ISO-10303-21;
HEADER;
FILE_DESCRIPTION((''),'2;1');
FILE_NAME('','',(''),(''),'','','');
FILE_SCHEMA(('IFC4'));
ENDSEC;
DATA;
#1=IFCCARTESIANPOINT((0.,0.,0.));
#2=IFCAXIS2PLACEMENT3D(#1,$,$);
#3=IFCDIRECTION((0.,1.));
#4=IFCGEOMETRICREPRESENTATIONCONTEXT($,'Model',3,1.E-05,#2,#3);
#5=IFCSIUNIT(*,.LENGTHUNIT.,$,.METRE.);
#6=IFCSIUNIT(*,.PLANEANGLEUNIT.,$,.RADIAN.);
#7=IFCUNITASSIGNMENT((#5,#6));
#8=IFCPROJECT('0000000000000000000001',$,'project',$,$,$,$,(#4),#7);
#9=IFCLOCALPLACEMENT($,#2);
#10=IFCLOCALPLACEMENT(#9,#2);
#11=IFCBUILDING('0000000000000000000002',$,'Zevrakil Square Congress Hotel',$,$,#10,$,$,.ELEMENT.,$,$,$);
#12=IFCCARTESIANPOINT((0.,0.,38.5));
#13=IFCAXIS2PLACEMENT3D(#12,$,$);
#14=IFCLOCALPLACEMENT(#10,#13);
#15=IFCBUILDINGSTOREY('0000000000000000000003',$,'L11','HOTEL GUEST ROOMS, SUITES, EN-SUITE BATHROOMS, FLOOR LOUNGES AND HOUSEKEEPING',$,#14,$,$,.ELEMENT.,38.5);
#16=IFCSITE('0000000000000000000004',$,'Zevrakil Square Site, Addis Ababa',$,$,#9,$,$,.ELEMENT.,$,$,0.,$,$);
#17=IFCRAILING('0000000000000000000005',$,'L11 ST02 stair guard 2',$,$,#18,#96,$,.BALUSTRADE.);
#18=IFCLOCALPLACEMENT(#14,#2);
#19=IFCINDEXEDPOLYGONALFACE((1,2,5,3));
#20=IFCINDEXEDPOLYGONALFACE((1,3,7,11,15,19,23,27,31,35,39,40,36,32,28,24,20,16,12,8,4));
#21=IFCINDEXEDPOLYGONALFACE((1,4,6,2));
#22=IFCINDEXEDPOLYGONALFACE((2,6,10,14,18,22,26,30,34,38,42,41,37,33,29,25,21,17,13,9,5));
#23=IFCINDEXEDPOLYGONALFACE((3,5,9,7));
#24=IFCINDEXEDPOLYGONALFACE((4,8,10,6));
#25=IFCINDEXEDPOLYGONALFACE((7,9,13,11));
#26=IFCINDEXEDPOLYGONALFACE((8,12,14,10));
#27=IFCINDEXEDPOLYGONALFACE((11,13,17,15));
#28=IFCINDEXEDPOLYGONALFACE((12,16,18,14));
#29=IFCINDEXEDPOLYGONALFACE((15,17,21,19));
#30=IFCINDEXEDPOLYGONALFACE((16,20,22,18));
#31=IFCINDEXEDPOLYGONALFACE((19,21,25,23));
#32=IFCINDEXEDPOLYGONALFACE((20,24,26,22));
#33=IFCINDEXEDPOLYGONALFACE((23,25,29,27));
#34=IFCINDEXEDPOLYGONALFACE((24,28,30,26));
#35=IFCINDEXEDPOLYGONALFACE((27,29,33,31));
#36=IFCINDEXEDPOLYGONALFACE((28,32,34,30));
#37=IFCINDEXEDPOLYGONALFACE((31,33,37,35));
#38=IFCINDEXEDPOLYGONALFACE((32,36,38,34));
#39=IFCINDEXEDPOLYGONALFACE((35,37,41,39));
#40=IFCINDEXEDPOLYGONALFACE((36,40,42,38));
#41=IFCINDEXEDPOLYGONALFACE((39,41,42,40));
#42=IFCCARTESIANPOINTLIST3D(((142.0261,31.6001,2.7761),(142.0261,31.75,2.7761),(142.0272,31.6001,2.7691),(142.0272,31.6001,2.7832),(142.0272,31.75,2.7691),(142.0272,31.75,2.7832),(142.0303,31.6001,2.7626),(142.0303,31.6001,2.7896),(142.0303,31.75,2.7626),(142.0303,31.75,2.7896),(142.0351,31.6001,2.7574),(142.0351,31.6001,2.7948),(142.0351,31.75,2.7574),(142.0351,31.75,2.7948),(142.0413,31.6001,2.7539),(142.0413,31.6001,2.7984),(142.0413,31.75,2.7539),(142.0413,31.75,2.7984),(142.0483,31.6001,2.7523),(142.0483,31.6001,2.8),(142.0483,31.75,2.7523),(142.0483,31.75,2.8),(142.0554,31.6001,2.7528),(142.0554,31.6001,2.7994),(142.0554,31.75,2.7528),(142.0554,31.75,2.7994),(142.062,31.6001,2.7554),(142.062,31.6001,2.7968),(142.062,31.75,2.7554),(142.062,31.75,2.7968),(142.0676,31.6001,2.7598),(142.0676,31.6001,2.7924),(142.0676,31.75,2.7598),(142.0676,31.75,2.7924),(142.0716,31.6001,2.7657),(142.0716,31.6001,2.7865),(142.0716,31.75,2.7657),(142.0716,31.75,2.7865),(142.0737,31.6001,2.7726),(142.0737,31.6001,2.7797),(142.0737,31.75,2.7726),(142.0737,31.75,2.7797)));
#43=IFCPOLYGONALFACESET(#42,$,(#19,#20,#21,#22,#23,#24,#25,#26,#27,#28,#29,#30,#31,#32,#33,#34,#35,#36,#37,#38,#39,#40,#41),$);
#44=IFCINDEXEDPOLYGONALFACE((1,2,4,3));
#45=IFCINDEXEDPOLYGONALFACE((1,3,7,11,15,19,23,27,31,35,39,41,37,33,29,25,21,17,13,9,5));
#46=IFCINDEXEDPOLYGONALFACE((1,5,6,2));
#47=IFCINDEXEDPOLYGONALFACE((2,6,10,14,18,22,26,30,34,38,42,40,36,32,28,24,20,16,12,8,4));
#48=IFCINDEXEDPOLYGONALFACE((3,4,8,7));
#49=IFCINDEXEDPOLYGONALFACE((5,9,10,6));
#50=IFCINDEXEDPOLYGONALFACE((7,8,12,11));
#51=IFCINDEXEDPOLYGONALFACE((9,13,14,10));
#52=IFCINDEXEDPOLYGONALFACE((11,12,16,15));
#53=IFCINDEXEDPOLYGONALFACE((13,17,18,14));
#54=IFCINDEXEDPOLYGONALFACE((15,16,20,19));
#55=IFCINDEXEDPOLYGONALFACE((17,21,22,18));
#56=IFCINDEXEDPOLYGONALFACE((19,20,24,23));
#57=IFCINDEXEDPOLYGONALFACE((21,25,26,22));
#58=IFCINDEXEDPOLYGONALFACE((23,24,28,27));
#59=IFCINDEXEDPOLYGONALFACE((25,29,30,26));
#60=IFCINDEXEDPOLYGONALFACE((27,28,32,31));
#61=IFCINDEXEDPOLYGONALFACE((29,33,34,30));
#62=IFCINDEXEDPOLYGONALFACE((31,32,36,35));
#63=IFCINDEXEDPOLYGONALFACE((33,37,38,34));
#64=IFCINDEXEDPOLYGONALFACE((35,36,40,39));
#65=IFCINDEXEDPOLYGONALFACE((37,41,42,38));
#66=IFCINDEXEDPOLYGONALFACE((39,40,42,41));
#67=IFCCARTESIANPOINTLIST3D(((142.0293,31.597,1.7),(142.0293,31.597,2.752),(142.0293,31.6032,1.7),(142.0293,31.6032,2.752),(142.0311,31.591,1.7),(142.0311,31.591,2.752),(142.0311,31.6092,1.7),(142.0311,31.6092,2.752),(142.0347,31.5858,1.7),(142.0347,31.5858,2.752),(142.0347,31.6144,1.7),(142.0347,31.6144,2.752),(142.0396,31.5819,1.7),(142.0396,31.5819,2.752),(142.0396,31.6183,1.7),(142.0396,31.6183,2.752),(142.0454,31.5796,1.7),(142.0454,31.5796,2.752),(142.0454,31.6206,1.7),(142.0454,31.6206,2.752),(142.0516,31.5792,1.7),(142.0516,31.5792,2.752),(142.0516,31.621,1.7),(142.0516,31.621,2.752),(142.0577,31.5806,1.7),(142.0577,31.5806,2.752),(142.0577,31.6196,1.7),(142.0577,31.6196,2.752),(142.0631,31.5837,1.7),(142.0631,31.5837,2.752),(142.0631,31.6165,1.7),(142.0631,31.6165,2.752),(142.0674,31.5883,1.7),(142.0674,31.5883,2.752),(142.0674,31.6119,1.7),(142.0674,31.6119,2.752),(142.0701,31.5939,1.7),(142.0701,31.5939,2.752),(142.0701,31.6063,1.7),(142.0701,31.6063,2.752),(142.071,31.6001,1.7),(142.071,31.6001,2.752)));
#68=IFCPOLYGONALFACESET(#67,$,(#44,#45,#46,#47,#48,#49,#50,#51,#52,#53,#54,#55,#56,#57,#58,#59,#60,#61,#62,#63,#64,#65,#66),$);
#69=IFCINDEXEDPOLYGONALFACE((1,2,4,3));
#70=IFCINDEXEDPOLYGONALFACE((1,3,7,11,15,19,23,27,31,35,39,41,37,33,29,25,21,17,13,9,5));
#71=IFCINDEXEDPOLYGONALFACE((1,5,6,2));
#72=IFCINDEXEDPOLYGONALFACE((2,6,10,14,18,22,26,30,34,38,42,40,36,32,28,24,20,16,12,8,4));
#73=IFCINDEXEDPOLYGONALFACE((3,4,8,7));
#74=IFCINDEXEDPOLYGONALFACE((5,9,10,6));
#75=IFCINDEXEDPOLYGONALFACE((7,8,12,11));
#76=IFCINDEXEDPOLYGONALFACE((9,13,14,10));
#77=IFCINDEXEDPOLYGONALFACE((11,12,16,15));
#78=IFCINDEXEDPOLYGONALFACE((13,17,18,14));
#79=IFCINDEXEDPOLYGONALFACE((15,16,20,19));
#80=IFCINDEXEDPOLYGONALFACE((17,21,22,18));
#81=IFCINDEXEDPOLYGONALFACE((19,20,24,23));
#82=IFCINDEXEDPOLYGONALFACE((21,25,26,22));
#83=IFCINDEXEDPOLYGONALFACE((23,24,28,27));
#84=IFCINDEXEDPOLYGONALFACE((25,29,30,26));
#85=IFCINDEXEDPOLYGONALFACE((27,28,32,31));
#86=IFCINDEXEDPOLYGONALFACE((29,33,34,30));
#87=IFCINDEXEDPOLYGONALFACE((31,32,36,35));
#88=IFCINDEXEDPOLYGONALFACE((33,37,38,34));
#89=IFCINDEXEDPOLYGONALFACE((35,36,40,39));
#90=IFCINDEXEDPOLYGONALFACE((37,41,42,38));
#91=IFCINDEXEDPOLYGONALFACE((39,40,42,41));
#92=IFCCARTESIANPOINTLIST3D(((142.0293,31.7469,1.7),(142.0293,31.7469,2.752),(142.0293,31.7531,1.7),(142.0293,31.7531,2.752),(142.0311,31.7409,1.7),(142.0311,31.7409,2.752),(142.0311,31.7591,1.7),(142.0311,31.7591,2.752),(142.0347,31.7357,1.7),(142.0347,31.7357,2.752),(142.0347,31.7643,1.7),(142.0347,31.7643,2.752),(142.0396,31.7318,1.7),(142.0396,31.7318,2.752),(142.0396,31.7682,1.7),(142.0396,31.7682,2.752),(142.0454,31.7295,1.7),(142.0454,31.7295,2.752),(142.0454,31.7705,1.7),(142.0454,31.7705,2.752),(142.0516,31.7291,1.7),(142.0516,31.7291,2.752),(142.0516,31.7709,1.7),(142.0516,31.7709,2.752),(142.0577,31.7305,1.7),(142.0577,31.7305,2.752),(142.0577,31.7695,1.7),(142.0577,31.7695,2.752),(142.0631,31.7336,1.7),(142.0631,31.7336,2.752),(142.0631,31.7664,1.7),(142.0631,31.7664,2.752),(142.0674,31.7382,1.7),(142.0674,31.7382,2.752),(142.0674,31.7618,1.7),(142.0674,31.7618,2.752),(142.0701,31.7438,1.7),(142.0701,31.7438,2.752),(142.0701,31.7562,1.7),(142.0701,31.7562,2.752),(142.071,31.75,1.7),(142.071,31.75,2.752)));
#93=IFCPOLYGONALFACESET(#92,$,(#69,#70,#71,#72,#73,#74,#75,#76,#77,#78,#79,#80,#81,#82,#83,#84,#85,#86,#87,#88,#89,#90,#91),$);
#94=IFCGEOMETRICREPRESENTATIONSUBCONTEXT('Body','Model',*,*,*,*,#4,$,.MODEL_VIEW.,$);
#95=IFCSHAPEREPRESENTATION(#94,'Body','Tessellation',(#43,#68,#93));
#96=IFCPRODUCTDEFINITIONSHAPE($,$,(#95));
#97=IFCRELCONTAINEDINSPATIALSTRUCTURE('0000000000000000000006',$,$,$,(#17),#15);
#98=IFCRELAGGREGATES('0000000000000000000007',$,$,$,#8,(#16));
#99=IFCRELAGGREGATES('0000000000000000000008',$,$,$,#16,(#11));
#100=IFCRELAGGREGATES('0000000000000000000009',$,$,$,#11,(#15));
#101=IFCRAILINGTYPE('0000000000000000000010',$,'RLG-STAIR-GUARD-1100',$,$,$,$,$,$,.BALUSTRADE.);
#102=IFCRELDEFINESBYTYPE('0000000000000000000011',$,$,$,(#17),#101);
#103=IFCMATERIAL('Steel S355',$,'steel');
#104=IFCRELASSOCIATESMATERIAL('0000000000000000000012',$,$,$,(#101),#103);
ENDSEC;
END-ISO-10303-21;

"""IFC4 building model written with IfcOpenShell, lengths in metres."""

from ifc_helpers import new_model, si_unit, direction, frame, origin, origin_2d, place, context, subcontext, project, spatial, circle, extrude, material, type_object, element, save


model = new_model("IFC4")

# Units and contexts
model_context = context("Model", 3, precision=1e-05, world=origin(), true_north=direction((0.0, 1.0)))
body_context = subcontext(model_context, "Body", "Model", "MODEL_VIEW")
ifc_project = project(units=[si_unit("LENGTHUNIT", "METRE"), si_unit("PLANEANGLEUNIT", "RADIAN")], contexts=[model_context])

# Site, building, storey
site_placement = place(None, origin())
site = spatial("IfcSite", under=ifc_project, at=site_placement, Name="Zevrakil Square Site, Addis Ababa", CompositionType="ELEMENT", RefElevation=0.0)
building_placement = place(site_placement, origin())
building = spatial("IfcBuilding", under=site, at=building_placement, Name="Zevrakil Square Congress Hotel", CompositionType="ELEMENT")
storey_placement = place(building_placement, frame((0.0, 0.0, 38.5)))
storey = spatial("IfcBuildingStorey", under=building, at=storey_placement, Name="L11", Description="HOTEL GUEST ROOMS, SUITES, EN-SUITE BATHROOMS, FLOOR LOUNGES AND HOUSEKEEPING", CompositionType="ELEMENT", Elevation=38.5)

# Railing
ifc_material_1 = material(Name="Steel S355", Category="steel")
railing_type_1 = type_object("IfcRailingType", Name="RLG-STAIR-GUARD-1100", PredefinedType="BALUSTRADE", material=ifc_material_1)
railing_1_placement = place(storey_placement, frame((142.05, 31.6001, 1.7)))
element("IfcRailing", 1, at=railing_1_placement, inside=storey, type_object=railing_type_1, Name="L11 ST02 stair guard 2", PredefinedType="BALUSTRADE", context=body_context, shape_type="SweptSolid", body=[
    extrude(circle(Radius=0.0239, at=origin_2d()), frame((0.0, 0.0, 1.0762), z_axis=(0.0, 1.0, 0.0), x_axis=(-1.0, 0.0, 0.0)), (0.0, 0.0, 1.0), 0.1499),
    extrude(circle(Radius=0.021, at=origin_2d()), origin(), (0.0, 0.0, 1.0), 1.052),
    extrude(circle(Radius=0.021, at=origin_2d()), frame((0.0, 0.1499, 0.0)), (0.0, 0.0, 1.0), 1.052),
])

save(model, "model.ifc")
